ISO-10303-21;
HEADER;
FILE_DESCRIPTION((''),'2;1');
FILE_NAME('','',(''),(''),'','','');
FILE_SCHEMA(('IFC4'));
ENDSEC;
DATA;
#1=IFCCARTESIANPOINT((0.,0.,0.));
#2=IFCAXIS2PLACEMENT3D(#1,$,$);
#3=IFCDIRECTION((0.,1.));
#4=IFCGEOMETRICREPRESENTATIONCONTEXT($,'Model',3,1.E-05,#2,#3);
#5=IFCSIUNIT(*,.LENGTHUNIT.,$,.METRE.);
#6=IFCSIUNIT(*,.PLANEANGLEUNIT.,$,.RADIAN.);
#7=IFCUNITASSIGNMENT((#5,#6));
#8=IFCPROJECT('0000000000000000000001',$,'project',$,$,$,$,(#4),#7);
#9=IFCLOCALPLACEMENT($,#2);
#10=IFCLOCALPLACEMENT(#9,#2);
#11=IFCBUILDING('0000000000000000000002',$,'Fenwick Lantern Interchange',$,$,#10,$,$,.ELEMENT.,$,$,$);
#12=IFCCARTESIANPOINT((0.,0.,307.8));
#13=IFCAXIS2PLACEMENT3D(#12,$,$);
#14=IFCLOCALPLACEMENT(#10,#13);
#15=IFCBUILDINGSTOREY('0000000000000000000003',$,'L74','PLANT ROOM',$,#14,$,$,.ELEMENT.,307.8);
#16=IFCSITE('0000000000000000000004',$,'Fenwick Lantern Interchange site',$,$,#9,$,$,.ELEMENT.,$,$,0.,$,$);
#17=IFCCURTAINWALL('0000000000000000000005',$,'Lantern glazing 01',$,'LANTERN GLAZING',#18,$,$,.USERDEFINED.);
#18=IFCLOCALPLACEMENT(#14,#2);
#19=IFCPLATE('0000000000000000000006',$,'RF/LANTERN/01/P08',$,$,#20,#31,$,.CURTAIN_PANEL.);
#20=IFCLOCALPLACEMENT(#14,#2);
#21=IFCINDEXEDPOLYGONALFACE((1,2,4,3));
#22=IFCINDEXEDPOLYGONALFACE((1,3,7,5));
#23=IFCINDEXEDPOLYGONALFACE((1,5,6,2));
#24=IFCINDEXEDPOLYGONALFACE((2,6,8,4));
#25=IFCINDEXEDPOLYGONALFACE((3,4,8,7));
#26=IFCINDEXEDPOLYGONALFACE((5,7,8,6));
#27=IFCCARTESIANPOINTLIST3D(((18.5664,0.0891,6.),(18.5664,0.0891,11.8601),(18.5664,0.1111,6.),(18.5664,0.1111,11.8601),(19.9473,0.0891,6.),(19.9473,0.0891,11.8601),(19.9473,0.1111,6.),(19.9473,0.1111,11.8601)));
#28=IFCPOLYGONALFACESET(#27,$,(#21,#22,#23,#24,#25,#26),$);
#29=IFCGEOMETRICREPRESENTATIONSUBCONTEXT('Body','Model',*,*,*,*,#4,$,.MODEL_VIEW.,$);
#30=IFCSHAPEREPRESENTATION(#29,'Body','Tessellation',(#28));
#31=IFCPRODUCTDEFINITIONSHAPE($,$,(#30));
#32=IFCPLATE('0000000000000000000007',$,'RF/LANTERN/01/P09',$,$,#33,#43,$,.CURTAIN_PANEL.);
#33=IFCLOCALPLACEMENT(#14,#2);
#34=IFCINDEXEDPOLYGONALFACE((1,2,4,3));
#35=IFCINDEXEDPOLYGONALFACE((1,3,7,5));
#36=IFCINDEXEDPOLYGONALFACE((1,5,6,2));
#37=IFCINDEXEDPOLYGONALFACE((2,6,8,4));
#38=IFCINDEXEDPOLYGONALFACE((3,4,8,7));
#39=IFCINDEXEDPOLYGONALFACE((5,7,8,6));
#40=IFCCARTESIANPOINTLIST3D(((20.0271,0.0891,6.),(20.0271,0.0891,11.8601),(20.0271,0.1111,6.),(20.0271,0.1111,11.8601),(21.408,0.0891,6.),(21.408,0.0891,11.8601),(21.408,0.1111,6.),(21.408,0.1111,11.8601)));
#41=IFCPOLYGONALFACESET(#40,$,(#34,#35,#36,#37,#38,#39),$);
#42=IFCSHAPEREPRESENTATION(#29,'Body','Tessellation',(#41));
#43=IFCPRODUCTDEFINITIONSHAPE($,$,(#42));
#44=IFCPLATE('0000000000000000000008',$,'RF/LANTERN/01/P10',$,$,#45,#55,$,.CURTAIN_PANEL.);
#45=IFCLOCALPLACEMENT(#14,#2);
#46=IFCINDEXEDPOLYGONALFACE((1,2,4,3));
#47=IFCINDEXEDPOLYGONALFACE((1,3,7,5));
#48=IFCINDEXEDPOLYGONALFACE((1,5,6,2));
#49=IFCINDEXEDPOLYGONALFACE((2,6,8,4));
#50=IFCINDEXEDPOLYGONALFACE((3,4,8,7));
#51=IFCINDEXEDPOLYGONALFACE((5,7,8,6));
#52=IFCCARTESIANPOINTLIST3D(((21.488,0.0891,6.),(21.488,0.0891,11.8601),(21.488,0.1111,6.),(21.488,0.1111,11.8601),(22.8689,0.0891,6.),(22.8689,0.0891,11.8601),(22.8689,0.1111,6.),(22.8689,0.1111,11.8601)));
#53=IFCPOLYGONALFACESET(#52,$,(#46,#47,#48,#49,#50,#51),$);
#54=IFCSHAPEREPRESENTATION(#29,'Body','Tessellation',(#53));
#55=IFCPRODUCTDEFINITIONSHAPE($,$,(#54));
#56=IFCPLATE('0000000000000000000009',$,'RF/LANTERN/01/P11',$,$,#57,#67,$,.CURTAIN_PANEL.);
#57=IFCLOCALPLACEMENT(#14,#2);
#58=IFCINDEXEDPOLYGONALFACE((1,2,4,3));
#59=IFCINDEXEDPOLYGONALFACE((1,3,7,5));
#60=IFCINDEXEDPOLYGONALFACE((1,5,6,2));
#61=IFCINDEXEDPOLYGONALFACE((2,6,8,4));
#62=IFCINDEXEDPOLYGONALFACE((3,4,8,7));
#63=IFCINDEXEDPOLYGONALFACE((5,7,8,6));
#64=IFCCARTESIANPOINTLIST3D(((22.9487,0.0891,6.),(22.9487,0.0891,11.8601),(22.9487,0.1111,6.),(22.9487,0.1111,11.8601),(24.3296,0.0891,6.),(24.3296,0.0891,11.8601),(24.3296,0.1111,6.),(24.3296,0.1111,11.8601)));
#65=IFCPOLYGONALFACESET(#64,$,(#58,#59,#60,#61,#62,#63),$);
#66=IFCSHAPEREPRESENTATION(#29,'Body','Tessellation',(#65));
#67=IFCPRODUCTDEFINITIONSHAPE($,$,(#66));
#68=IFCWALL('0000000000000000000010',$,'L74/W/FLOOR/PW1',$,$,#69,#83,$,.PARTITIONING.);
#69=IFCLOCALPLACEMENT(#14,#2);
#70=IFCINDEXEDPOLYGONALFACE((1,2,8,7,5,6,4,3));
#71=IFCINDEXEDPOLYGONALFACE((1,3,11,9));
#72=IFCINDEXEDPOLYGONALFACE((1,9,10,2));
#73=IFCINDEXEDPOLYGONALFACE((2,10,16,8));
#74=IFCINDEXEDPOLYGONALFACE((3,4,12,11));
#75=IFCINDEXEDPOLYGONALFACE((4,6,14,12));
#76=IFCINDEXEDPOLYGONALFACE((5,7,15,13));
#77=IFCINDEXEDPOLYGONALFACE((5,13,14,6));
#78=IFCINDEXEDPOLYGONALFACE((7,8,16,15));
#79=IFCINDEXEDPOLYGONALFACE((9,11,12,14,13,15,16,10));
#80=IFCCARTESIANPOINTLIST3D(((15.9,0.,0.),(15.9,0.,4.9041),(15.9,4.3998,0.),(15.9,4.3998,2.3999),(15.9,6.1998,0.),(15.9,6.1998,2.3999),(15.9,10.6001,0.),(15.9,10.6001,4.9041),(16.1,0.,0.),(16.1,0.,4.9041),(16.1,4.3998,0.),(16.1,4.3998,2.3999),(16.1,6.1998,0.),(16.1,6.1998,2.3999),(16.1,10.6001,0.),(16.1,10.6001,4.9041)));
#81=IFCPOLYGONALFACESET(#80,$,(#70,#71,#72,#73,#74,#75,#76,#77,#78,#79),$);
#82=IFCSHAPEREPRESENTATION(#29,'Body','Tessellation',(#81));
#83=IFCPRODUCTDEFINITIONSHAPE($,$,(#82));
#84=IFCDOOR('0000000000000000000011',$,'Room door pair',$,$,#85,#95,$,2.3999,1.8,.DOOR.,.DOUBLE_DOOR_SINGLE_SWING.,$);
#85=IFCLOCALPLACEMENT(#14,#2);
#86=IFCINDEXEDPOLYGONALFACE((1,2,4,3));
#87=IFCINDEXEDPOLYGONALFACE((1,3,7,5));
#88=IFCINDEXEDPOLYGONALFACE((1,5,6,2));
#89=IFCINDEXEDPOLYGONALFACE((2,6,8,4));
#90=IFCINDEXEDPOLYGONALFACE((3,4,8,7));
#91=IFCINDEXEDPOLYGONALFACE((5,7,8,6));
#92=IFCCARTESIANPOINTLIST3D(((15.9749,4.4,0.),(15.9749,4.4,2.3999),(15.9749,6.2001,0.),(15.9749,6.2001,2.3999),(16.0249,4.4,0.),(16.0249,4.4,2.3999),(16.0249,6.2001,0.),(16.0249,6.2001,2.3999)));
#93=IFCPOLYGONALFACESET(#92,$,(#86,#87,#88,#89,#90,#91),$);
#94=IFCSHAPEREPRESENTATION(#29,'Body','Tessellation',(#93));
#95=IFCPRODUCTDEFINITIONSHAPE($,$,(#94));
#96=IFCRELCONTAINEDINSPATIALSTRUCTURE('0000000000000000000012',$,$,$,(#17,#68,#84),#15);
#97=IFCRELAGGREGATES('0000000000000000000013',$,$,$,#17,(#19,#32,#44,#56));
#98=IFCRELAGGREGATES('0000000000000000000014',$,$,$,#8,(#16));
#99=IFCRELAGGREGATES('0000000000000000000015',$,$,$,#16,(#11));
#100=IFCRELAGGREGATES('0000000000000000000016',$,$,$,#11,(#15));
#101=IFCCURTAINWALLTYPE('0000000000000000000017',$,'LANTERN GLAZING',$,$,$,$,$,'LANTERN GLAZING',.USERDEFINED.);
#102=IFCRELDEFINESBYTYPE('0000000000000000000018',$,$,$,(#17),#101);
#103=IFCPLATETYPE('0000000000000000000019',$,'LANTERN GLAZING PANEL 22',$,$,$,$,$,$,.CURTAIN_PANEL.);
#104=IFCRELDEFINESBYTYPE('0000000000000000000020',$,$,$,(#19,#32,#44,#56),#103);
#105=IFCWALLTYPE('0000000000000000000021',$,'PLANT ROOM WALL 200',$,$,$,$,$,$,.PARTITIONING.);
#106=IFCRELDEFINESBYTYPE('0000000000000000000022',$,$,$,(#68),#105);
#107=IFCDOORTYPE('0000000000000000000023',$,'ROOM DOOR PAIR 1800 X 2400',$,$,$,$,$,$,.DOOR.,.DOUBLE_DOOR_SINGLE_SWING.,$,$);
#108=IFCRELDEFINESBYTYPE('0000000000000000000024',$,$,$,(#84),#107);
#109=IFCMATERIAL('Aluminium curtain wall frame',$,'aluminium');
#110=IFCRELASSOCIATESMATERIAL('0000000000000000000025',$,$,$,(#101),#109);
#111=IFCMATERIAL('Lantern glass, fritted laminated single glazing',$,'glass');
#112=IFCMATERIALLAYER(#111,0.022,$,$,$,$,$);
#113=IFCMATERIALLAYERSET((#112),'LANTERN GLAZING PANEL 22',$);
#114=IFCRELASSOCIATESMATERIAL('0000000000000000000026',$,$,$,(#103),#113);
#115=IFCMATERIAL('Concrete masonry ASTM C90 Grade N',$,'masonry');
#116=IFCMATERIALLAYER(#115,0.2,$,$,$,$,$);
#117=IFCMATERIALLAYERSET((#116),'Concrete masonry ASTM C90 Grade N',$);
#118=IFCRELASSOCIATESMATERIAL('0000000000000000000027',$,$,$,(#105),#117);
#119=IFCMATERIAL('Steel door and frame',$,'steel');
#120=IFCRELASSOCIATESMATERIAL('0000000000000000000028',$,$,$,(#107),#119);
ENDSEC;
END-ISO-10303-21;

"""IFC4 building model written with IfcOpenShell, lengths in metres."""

from ifc_helpers import new_model, si_unit, direction, frame, frame_2d, origin, origin_2d, place, context, subcontext, project, spatial, rectangle, extrude, material, layer, layer_set, type_object, element, fill, aggregate, save


model = new_model("IFC4")

# Units and contexts
model_context = context("Model", 3, precision=1e-05, world=origin(), true_north=direction((0.0, 1.0)))
body_context = subcontext(model_context, "Body", "Model", "MODEL_VIEW")
ifc_project = project(units=[si_unit("LENGTHUNIT", "METRE"), si_unit("PLANEANGLEUNIT", "RADIAN")], contexts=[model_context])

# Site, building, storey
site_placement = place(None, origin())
site = spatial("IfcSite", under=ifc_project, at=site_placement, Name="Fenwick Lantern Interchange site", CompositionType="ELEMENT", RefElevation=0.0)
building_placement = place(site_placement, origin())
building = spatial("IfcBuilding", under=site, at=building_placement, Name="Fenwick Lantern Interchange", CompositionType="ELEMENT")
storey_placement = place(building_placement, frame((0.0, 0.0, 307.8)))
storey = spatial("IfcBuildingStorey", under=building, at=storey_placement, Name="L74", Description="PLANT ROOM", CompositionType="ELEMENT", Elevation=307.8)

# Curtain wall
ifc_material_1 = material(Name="Aluminium curtain wall frame", Category="aluminium")
curtain_wall_type = type_object("IfcCurtainWallType", Name="LANTERN GLAZING", ElementType="LANTERN GLAZING", PredefinedType="USERDEFINED", material=ifc_material_1)
curtain_wall_1_placement = place(storey_placement, origin())
curtain_wall_1 = element("IfcCurtainWall", 1, at=curtain_wall_1_placement, inside=storey, type_object=curtain_wall_type, Name="Lantern glazing 01", ObjectType="LANTERN GLAZING", PredefinedType="USERDEFINED")

# Plates
ifc_material_2 = material(Name="Lantern glass, fritted laminated single glazing", Category="glass")
ifc_layer_1 = layer(ifc_material_2, 0.022)
ifc_layer_set_1 = layer_set([ifc_layer_1], Name="LANTERN GLAZING PANEL 22")
plate_type = type_object("IfcPlateType", Name="LANTERN GLAZING PANEL 22", PredefinedType="CURTAIN_PANEL", material=ifc_layer_set_1)
plate_1_placement = place(storey_placement, frame((19.2568, 0.1001, 6.0), z_axis=(0.0, 0.0, 1.0), x_axis=(1.0, 0.0, 0.0)))
plate_1 = element("IfcPlate", 2, at=plate_1_placement, type_object=plate_type, Name="RF/LANTERN/01/P08", PredefinedType="CURTAIN_PANEL", context=body_context, shape_type="SweptSolid", body=[
    extrude(rectangle(XDim=1.3809, YDim=0.022, at=origin_2d()), origin(), (0.0, 0.0, 1.0), 5.8601),
])
plate_2_placement = place(storey_placement, frame((20.7175, 0.1001, 6.0), z_axis=(0.0, 0.0, 1.0), x_axis=(1.0, 0.0, 0.0)))
plate_2 = element("IfcPlate", 3, at=plate_2_placement, type_object=plate_type, Name="RF/LANTERN/01/P09", PredefinedType="CURTAIN_PANEL", context=body_context, shape_type="SweptSolid", body=[
    extrude(rectangle(XDim=1.3809, YDim=0.022, at=origin_2d()), origin(), (0.0, 0.0, 1.0), 5.8601),
])
plate_3_placement = place(storey_placement, frame((22.1785, 0.1001, 6.0), z_axis=(0.0, 0.0, 1.0), x_axis=(1.0, 0.0, 0.0)))
plate_3 = element("IfcPlate", 4, at=plate_3_placement, type_object=plate_type, Name="RF/LANTERN/01/P10", PredefinedType="CURTAIN_PANEL", context=body_context, shape_type="SweptSolid", body=[
    extrude(rectangle(XDim=1.3809, YDim=0.022, at=origin_2d()), origin(), (0.0, 0.0, 1.0), 5.8601),
])
plate_4_placement = place(storey_placement, frame((23.6392, 0.1001, 6.0), z_axis=(0.0, 0.0, 1.0), x_axis=(1.0, 0.0, 0.0)))
plate_4 = element("IfcPlate", 5, at=plate_4_placement, type_object=plate_type, Name="RF/LANTERN/01/P11", PredefinedType="CURTAIN_PANEL", context=body_context, shape_type="SweptSolid", body=[
    extrude(rectangle(XDim=1.3809, YDim=0.022, at=origin_2d()), origin(), (0.0, 0.0, 1.0), 5.8601),
])
aggregate(curtain_wall_1, [plate_1, plate_2, plate_3, plate_4])

# Wall, opening, door
ifc_material_3 = material(Name="Concrete masonry ASTM C90 Grade N", Category="masonry")
ifc_layer_2 = layer(ifc_material_3, 0.2)
ifc_layer_set_2 = layer_set([ifc_layer_2], Name="Concrete masonry ASTM C90 Grade N")
wall_type = type_object("IfcWallType", Name="PLANT ROOM WALL 200", PredefinedType="PARTITIONING", material=ifc_layer_set_2)
wall_placement = place(storey_placement, frame((16.0, 0.0, 0.0), z_axis=(0.0, 0.0, 1.0), x_axis=(0.0, 1.0, 0.0)))
wall = element("IfcWall", 6, at=wall_placement, inside=storey, type_object=wall_type, Name="L74/W/FLOOR/PW1", PredefinedType="PARTITIONING", context=body_context, shape_type="SweptSolid", body=[
    extrude(rectangle(XDim=10.6001, YDim=0.2, at=frame_2d((5.3, 0.0))), origin(), (0.0, 0.0, 1.0), 4.9041),
])
opening_placement = place(wall_placement, frame((4.3999, 0.0, 0.0)))
opening = element("IfcOpeningElement", 7, at=opening_placement, cuts=wall, PredefinedType="OPENING", context=body_context, shape_type="SweptSolid", body=[
    extrude(rectangle(XDim=1.8, YDim=2.3999, at=frame_2d((0.8999, 1.2))), frame((0.0, 0.1099, 0.0), z_axis=(0.0, -1.0, 0.0), x_axis=(1.0, 0.0, 0.0)), (0.0, 0.0, 1.0), 0.22),
])
ifc_material_4 = material(Name="Steel door and frame", Category="steel")
door_type = type_object("IfcDoorType", Name="ROOM DOOR PAIR 1800 X 2400", OperationType="DOUBLE_DOOR_SINGLE_SWING", PredefinedType="DOOR", material=ifc_material_4)
door_placement = place(opening_placement, frame((1.8, 0.0, 0.0), z_axis=(0.0, 0.0, 1.0), x_axis=(-1.0, 0.0, 0.0)))
door = element("IfcDoor", 8, at=door_placement, inside=storey, type_object=door_type, Name="Room door pair", OperationType="DOUBLE_DOOR_SINGLE_SWING", OverallHeight=2.3999, OverallWidth=1.8, PredefinedType="DOOR", context=body_context, shape_type="SweptSolid", body=[
    extrude(rectangle(XDim=1.8, YDim=2.3999, at=frame_2d((0.8999, 1.2))), frame((0.0, 0.0249, 0.0), z_axis=(0.0, -1.0, 0.0), x_axis=(1.0, 0.0, 0.0)), (0.0, 0.0, 1.0), 0.05),
])
fill(opening, door)

save(model, "model.ifc")
